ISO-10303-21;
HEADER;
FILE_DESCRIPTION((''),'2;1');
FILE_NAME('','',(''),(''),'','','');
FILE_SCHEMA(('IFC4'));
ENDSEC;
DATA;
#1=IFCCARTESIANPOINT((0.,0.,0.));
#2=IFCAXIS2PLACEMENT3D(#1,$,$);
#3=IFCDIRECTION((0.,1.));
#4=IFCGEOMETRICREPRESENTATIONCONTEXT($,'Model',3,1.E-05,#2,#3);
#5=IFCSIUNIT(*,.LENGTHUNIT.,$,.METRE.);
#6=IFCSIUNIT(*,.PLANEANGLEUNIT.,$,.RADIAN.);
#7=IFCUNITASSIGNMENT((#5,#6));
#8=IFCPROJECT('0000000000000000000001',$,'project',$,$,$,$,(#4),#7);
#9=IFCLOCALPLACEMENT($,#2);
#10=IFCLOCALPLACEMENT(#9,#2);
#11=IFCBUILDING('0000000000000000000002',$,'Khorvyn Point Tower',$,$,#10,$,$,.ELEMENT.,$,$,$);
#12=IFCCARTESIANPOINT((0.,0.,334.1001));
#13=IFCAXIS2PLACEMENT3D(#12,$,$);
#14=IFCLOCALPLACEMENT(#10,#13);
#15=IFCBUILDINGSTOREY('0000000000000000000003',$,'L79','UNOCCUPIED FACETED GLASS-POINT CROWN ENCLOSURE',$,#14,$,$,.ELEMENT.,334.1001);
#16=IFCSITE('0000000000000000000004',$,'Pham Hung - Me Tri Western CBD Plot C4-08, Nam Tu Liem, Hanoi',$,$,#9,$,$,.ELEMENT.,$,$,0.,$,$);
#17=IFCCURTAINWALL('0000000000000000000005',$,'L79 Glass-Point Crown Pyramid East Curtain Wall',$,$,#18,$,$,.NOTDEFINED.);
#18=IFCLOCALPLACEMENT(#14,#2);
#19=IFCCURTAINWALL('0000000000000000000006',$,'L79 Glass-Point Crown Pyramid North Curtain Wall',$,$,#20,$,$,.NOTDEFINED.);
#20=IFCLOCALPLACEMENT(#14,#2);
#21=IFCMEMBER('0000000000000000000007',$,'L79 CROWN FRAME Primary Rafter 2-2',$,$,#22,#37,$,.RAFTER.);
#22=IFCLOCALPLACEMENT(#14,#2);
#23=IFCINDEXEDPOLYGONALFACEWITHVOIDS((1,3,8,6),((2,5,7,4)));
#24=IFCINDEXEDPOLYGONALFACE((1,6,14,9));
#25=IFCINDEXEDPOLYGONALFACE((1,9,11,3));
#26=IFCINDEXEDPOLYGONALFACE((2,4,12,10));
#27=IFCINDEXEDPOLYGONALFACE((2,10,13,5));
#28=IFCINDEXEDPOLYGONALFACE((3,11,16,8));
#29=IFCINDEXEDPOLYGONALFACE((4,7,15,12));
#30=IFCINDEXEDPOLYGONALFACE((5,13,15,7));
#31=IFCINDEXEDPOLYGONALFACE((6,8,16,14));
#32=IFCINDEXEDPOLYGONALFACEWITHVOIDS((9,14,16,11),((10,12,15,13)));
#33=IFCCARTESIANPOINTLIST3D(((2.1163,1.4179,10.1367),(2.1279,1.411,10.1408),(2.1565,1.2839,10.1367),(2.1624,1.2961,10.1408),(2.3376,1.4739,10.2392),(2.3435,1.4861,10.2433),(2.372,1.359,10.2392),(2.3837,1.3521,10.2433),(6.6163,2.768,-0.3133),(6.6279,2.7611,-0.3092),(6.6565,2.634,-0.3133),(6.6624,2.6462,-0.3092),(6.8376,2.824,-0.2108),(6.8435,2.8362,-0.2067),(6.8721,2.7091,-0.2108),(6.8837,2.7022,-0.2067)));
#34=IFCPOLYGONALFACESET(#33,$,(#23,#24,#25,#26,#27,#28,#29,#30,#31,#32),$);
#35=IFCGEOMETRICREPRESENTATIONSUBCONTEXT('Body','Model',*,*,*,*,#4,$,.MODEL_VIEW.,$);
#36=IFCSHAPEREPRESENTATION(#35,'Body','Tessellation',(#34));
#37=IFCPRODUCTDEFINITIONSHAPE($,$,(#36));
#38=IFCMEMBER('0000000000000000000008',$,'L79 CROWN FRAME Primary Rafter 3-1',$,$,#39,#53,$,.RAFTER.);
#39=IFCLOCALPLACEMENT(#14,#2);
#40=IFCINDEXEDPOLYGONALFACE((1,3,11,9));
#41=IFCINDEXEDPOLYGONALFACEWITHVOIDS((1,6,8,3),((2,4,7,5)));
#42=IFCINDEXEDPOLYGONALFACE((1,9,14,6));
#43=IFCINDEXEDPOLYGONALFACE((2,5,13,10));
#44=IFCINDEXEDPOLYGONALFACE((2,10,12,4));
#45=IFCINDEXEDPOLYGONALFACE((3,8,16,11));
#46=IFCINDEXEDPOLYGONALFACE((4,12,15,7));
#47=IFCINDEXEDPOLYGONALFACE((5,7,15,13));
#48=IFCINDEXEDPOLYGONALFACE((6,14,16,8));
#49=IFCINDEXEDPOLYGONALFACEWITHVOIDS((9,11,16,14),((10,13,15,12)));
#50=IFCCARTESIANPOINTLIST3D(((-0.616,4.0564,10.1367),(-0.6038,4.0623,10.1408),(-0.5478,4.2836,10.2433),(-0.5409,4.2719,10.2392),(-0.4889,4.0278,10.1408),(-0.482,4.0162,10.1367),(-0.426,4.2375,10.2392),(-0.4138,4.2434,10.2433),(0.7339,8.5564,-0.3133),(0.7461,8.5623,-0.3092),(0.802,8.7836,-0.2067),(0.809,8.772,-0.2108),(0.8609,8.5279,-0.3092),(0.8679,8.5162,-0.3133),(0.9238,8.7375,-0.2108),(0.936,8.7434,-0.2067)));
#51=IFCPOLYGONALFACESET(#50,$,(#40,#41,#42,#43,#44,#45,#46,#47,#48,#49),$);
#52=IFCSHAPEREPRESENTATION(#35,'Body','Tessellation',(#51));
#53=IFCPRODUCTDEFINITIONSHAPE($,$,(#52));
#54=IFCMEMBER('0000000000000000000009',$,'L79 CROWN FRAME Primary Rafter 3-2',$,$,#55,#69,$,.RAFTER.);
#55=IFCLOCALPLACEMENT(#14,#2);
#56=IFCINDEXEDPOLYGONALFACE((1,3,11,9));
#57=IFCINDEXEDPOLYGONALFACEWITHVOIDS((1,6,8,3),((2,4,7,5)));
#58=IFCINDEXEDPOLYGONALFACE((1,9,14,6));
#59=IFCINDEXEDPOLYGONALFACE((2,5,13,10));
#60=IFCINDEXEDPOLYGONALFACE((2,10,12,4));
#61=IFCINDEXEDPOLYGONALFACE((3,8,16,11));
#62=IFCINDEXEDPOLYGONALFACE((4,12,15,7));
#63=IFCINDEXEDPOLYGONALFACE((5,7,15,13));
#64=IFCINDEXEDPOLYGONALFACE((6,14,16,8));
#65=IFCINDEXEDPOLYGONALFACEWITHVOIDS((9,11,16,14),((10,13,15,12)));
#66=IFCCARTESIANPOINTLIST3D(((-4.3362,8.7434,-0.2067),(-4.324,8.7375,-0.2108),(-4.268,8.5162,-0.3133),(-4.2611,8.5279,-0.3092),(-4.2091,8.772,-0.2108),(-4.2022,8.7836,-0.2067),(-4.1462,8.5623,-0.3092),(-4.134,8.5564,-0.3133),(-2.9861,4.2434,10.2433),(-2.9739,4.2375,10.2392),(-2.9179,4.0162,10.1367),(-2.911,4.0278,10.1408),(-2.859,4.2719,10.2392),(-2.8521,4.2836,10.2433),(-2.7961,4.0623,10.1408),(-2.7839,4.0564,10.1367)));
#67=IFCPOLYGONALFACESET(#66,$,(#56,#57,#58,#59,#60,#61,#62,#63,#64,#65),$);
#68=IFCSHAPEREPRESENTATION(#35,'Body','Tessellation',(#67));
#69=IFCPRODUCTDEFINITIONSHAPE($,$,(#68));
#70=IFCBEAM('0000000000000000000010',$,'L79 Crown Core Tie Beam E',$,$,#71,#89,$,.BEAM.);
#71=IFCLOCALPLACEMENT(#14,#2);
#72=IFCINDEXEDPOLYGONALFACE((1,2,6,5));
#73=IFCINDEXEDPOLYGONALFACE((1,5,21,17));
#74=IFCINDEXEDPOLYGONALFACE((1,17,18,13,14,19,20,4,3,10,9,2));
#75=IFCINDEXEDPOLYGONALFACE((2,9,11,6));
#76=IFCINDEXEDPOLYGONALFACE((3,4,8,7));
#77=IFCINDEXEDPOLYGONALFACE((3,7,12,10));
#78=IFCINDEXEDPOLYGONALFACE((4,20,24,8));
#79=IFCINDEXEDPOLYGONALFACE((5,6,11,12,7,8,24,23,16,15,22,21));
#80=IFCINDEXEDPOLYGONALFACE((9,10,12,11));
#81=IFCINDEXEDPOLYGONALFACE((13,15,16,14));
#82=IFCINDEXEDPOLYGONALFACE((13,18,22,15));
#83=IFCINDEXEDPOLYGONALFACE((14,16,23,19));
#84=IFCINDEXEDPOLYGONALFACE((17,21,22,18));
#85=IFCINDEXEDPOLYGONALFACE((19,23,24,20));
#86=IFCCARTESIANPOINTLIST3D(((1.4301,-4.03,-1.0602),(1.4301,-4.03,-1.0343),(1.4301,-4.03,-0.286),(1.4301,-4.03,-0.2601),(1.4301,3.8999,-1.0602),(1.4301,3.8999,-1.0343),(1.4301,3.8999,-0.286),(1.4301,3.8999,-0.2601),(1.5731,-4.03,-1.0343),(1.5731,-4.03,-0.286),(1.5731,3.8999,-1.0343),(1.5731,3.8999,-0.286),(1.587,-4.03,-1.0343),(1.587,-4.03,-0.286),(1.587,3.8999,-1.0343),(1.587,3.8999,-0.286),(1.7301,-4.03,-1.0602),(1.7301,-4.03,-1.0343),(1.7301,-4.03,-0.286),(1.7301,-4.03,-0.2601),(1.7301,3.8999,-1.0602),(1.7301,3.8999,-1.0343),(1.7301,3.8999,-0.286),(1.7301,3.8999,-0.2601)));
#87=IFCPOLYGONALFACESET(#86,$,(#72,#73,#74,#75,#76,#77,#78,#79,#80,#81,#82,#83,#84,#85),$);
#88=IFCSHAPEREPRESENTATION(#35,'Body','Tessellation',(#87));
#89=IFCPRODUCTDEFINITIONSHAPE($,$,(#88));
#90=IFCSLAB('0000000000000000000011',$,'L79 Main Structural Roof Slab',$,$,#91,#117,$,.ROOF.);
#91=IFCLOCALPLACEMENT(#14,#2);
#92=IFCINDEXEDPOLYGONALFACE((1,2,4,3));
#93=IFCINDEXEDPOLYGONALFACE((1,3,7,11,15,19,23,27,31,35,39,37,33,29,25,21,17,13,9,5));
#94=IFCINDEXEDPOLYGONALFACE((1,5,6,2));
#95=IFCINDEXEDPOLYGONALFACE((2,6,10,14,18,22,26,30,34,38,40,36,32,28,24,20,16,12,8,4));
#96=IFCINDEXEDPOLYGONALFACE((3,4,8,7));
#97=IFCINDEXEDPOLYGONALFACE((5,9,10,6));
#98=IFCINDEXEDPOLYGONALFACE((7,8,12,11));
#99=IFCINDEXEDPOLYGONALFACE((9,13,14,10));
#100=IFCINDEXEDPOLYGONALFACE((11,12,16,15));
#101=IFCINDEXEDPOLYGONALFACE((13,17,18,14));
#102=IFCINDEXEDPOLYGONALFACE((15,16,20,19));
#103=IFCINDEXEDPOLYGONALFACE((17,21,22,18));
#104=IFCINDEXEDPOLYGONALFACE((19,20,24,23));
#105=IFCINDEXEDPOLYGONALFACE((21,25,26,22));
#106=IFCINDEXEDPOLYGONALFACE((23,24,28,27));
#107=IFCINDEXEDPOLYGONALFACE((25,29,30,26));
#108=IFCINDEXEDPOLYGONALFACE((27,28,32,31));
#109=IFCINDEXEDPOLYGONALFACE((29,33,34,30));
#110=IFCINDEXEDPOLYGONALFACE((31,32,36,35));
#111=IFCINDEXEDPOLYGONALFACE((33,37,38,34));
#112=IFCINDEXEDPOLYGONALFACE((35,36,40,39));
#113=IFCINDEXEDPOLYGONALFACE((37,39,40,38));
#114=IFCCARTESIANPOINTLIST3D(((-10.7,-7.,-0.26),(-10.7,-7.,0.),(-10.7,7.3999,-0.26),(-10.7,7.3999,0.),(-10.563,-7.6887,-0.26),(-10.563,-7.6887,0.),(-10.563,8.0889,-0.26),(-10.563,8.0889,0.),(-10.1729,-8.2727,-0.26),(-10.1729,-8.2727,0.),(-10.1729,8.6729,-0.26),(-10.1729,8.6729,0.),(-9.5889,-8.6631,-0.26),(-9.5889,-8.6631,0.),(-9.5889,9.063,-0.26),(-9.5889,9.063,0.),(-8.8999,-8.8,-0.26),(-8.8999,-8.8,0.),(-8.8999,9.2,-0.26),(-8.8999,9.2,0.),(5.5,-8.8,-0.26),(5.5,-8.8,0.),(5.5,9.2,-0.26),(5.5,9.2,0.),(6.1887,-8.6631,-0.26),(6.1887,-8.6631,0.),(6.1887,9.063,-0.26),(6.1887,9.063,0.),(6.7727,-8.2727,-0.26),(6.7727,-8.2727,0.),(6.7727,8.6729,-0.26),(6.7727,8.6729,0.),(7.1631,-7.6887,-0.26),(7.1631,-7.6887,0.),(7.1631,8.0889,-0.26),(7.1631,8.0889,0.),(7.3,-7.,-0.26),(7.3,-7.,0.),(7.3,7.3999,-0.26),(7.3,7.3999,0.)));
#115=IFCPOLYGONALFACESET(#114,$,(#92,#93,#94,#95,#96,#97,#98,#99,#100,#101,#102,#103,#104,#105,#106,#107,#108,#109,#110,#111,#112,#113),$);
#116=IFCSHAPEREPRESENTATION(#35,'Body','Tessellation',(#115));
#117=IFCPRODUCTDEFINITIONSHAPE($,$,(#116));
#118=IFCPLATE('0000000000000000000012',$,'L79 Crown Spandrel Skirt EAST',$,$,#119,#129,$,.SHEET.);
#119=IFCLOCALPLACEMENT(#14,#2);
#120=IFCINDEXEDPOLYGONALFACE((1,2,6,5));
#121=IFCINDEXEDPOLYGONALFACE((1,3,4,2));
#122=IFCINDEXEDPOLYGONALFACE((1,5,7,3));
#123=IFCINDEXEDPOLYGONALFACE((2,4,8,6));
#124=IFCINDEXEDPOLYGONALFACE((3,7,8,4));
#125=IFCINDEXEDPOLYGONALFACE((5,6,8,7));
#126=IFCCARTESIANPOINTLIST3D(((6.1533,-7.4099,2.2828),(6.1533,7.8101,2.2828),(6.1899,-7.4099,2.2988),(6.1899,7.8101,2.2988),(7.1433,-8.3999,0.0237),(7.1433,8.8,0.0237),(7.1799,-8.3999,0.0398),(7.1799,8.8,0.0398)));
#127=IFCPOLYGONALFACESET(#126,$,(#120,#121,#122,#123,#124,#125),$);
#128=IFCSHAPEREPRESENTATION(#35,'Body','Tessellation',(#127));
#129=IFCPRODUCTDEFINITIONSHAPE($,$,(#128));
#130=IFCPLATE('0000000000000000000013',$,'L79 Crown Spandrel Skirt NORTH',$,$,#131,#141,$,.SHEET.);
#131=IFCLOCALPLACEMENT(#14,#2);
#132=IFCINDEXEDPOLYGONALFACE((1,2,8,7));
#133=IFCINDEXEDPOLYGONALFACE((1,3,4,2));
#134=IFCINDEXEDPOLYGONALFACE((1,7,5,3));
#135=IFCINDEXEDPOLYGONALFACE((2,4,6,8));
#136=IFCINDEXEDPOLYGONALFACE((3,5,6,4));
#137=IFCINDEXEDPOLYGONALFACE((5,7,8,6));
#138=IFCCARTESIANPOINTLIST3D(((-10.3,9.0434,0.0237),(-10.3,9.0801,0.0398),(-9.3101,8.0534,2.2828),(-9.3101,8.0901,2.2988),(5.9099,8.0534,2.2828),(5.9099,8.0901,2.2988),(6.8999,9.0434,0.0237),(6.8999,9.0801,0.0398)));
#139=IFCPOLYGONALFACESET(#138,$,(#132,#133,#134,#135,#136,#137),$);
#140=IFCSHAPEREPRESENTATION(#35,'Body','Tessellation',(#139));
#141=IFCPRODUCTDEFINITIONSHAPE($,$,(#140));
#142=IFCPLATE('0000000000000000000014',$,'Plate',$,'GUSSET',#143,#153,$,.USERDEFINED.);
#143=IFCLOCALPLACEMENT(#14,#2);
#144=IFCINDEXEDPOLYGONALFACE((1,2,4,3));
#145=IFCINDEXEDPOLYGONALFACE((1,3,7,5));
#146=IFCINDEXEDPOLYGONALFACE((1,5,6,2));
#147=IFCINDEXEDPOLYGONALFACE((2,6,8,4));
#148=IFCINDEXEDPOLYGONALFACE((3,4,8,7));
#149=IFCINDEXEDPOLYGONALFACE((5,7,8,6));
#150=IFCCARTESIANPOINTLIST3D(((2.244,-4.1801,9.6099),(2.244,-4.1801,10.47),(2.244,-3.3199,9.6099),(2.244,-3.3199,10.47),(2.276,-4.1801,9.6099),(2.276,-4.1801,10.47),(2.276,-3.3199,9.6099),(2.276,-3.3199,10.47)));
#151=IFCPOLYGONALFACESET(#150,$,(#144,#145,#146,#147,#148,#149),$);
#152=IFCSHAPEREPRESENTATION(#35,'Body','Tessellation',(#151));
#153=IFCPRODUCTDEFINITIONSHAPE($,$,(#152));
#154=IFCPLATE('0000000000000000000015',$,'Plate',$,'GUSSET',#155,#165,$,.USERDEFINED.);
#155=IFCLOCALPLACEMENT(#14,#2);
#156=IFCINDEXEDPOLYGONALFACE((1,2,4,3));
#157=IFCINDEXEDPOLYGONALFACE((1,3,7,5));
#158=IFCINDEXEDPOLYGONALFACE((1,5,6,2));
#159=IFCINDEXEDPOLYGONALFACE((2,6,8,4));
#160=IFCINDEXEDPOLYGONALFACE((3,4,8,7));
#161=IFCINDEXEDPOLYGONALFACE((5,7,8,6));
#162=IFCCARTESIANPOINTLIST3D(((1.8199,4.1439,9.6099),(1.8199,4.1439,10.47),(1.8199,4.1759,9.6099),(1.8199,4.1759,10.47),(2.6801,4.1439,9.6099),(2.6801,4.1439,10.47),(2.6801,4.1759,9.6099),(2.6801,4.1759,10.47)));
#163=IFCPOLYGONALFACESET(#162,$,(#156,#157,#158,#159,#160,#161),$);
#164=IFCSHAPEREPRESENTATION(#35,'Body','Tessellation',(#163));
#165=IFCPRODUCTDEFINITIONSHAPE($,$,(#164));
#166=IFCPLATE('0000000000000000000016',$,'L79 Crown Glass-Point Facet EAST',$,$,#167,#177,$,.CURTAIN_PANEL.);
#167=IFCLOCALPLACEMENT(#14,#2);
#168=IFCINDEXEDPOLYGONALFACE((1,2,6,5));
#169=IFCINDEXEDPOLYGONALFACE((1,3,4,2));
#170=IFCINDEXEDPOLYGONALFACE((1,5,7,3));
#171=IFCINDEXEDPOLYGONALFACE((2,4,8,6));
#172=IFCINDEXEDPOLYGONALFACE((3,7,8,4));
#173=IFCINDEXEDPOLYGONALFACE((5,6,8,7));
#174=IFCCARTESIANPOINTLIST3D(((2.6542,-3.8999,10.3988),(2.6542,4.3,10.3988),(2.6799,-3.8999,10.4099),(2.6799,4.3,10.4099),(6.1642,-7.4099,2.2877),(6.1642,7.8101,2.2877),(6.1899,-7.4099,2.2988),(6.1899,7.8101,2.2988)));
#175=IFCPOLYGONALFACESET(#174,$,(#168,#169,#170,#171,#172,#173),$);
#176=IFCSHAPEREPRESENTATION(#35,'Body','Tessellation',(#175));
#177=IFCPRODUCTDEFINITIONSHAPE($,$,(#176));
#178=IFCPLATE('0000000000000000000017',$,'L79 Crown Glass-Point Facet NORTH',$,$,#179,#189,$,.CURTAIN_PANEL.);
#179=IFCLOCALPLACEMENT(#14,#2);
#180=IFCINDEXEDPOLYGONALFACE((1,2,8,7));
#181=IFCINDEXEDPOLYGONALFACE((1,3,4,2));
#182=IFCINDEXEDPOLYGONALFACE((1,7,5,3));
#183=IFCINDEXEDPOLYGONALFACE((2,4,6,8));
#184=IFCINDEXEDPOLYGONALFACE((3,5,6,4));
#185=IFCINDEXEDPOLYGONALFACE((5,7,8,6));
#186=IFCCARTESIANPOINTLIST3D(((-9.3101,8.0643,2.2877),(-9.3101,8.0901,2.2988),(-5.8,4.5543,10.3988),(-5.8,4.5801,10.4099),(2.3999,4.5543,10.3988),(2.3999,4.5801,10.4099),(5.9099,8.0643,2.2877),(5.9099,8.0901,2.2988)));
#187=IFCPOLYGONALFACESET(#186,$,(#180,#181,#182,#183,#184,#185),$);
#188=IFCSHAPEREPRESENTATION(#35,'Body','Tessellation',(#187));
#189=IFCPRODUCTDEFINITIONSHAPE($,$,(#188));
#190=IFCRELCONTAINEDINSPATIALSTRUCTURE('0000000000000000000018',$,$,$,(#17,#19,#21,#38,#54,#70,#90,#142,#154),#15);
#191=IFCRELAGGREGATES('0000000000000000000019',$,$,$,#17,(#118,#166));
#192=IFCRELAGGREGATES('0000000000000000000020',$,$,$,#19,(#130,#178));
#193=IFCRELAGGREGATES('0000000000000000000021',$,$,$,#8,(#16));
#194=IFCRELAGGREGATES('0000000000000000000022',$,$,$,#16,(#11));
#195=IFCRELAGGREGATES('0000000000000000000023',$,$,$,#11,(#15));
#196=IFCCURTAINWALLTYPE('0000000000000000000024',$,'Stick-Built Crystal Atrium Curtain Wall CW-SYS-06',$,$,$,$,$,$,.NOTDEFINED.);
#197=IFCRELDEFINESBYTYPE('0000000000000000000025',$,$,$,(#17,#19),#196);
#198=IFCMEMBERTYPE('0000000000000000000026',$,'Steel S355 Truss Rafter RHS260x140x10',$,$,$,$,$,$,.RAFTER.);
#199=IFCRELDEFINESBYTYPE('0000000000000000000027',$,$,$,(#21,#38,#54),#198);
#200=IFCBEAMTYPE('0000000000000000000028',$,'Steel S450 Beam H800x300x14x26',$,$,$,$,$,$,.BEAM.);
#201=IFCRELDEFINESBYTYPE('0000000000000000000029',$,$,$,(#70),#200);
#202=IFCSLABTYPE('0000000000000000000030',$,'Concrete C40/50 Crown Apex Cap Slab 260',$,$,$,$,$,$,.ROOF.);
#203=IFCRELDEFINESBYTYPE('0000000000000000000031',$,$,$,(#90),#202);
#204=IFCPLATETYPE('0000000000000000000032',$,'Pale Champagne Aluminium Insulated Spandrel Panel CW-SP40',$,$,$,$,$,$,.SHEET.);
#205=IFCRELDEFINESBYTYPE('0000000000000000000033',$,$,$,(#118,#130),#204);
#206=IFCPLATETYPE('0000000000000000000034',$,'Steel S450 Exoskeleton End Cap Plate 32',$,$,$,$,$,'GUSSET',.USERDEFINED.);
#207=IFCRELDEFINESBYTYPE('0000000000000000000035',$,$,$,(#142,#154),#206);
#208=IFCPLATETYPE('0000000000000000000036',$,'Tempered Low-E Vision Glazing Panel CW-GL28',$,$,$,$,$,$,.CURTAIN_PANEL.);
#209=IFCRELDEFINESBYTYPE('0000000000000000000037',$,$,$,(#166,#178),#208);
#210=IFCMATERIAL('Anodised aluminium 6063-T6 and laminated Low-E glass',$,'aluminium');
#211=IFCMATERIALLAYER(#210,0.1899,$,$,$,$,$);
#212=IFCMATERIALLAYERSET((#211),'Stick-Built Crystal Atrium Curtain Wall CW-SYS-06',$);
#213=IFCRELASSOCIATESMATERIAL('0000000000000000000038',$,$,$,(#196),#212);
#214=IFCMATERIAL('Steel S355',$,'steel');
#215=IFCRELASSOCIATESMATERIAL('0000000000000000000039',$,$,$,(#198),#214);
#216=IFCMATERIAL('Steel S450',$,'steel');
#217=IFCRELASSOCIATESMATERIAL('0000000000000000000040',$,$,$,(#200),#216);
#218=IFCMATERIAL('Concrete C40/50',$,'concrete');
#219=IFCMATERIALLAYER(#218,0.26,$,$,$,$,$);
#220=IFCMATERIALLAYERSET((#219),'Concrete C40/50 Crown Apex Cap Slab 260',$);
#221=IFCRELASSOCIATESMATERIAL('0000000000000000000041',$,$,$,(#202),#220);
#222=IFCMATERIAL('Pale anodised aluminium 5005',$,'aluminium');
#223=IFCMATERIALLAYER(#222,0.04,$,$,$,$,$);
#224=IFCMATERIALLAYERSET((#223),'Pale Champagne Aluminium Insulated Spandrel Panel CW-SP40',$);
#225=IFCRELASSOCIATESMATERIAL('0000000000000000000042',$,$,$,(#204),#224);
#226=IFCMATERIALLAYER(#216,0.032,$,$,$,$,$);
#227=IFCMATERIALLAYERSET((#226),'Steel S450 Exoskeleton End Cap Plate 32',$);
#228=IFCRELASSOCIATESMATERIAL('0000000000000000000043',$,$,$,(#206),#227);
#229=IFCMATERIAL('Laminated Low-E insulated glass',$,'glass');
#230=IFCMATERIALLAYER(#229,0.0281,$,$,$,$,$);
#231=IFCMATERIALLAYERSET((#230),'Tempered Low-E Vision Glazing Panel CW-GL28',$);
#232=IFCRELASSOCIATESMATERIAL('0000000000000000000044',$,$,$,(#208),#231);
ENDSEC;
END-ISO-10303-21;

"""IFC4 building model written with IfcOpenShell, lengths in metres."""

from ifc_helpers import new_model, si_unit, direction, frame, origin, origin_2d, place, context, subcontext, project, spatial, polyline, rectangle, hollow_rectangle, i_section, outline, extrude, material, layer, layer_set, material_profile, profile_set, type_object, element, aggregate, save


model = new_model("IFC4")

# Units and contexts
model_context = context("Model", 3, precision=1e-05, world=origin(), true_north=direction((0.0, 1.0)))
body_context = subcontext(model_context, "Body", "Model", "MODEL_VIEW")
ifc_project = project(units=[si_unit("LENGTHUNIT", "METRE"), si_unit("PLANEANGLEUNIT", "RADIAN")], contexts=[model_context])

# Site, building, storey
site_placement = place(None, origin())
site = spatial("IfcSite", under=ifc_project, at=site_placement, Name="Pham Hung - Me Tri Western CBD Plot C4-08, Nam Tu Liem, Hanoi", CompositionType="ELEMENT", RefElevation=0.0)
building_placement = place(site_placement, origin())
building = spatial("IfcBuilding", under=site, at=building_placement, Name="Khorvyn Point Tower", CompositionType="ELEMENT")
storey_placement = place(building_placement, frame((0.0, 0.0, 334.1001)))
storey = spatial("IfcBuildingStorey", under=building, at=storey_placement, Name="L79", Description="UNOCCUPIED FACETED GLASS-POINT CROWN ENCLOSURE", CompositionType="ELEMENT", Elevation=334.1001)

# Shared definitions
ifc_material_1 = material(Name="Steel S355", Category="steel")

# Curtain walls
ifc_material_2 = material(Name="Anodised aluminium 6063-T6 and laminated Low-E glass", Category="aluminium")
ifc_layer_1 = layer(ifc_material_2, 0.1899)
ifc_layer_set_1 = layer_set([ifc_layer_1], Name="Stick-Built Crystal Atrium Curtain Wall CW-SYS-06")
curtain_wall_type = type_object("IfcCurtainWallType", Name="Stick-Built Crystal Atrium Curtain Wall CW-SYS-06", PredefinedType="NOTDEFINED", material=ifc_layer_set_1)
curtain_wall_1_placement = place(storey_placement, origin())
curtain_wall_1 = element("IfcCurtainWall", 1, at=curtain_wall_1_placement, inside=storey, type_object=curtain_wall_type, Name="L79 Glass-Point Crown Pyramid East Curtain Wall", PredefinedType="NOTDEFINED")
curtain_wall_2_placement = place(storey_placement, origin())
curtain_wall_2 = element("IfcCurtainWall", 2, at=curtain_wall_2_placement, inside=storey, type_object=curtain_wall_type, Name="L79 Glass-Point Crown Pyramid North Curtain Wall", PredefinedType="NOTDEFINED")

# Members
ifc_material_profile_1 = material_profile(ifc_material_1, hollow_rectangle(XDim=0.1399, YDim=0.26, WallThickness=0.01, at=origin_2d()))
ifc_profile_set_1 = profile_set([ifc_material_profile_1], Name="Steel S355 RHS260x140x10")
member_type_1 = type_object("IfcMemberType", Name="Steel S355 Truss Rafter RHS260x140x10", PredefinedType="RAFTER", material=ifc_profile_set_1)
for number, where, z_axis, x_axis, name in (
    (3, (6.75, 2.7351, -0.26), (-0.392756, -0.117835, 0.912062), (0.287367, -0.957821, 0.0), "L79 CROWN FRAME Primary Rafter 2-2"),
    (4, (0.835, 8.6499, -0.26), (-0.117814, -0.392757, 0.912065), (0.957835, -0.287319, 0.0), "L79 CROWN FRAME Primary Rafter 3-1"),
    (5, (-4.2351, 8.6499, -0.26), (0.117835, -0.392756, 0.912062), (0.957821, 0.287367, 0.0), "L79 CROWN FRAME Primary Rafter 3-2"),
):
    element("IfcMember", number, at=place(storey_placement, frame(where, z_axis=z_axis, x_axis=x_axis)), inside=storey, type_object=member_type_1, Name=name, PredefinedType="RAFTER", context=body_context, shape_type="SweptSolid", body=[
        extrude(hollow_rectangle(XDim=0.1399, YDim=0.26, WallThickness=0.01, at=origin_2d()), origin(), (0.0, 0.0, 1.0), 11.4575),
    ])

# Beam
ifc_material_3 = material(Name="Steel S450", Category="steel")
ifc_material_profile_2 = material_profile(ifc_material_3, i_section(OverallWidth=0.3, OverallDepth=0.8, WebThickness=0.0139, FlangeThickness=0.0259, at=origin_2d()))
ifc_profile_set_2 = profile_set([ifc_material_profile_2], Name="Steel S450 H800x300x14x26")
beam_type_1 = type_object("IfcBeamType", Name="Steel S450 Beam H800x300x14x26", PredefinedType="BEAM", material=ifc_profile_set_2)
beam_placement = place(storey_placement, frame((1.5801, -4.03, -0.6602), z_axis=(0.0, 1.0, 0.0), x_axis=(-1.0, 0.0, 0.0)))
element("IfcBeam", 6, at=beam_placement, inside=storey, type_object=beam_type_1, Name="L79 Crown Core Tie Beam E", PredefinedType="BEAM", context=body_context, shape_type="SweptSolid", body=[
    extrude(i_section(OverallWidth=0.3, OverallDepth=0.8, WebThickness=0.0139, FlangeThickness=0.0259, at=origin_2d()), origin(), (0.0, 0.0, 1.0), 7.9299),
])

# Slab
ifc_material_4 = material(Name="Concrete C40/50", Category="concrete")
ifc_layer_2 = layer(ifc_material_4, 0.26)
ifc_layer_set_2 = layer_set([ifc_layer_2], Name="Concrete C40/50 Crown Apex Cap Slab 260")
slab_type = type_object("IfcSlabType", Name="Concrete C40/50 Crown Apex Cap Slab 260", PredefinedType="ROOF", material=ifc_layer_set_2)
slab_placement = place(storey_placement, frame((0.0, 0.0, -0.26)))
element("IfcSlab", 7, at=slab_placement, inside=storey, type_object=slab_type, Name="L79 Main Structural Roof Slab", PredefinedType="ROOF", context=body_context, shape_type="SweptSolid", body=[
    extrude(outline(polyline([(5.5, -8.8), (6.1887, -8.6631), (6.7727, -8.2727), (7.1631, -7.6887), (7.3, -7.0), (7.3, 7.3999), (7.1631, 8.0889), (6.7727, 8.6729), (6.1887, 9.063), (5.5, 9.2), (-8.8999, 9.2), (-9.5889, 9.063), (-10.1729, 8.6729), (-10.563, 8.0889), (-10.7, 7.3999), (-10.7, -7.0), (-10.563, -7.6887), (-10.1729, -8.2727), (-9.5889, -8.6631), (-8.8999, -8.8), (5.5, -8.8)])), origin(), (0.0, 0.0, 1.0), 0.26),
])

# Plates
ifc_material_5 = material(Name="Pale anodised aluminium 5005", Category="aluminium")
ifc_layer_3 = layer(ifc_material_5, 0.04)
ifc_layer_set_3 = layer_set([ifc_layer_3], Name="Pale Champagne Aluminium Insulated Spandrel Panel CW-SP40")
plate_type_1 = type_object("IfcPlateType", Name="Pale Champagne Aluminium Insulated Spandrel Panel CW-SP40", PredefinedType="SHEET", material=ifc_layer_set_3)
plate_1_placement = place(storey_placement, frame((7.1799, -8.3999, 0.0398), z_axis=(0.91591, 0.0, 0.401385), x_axis=(0.0, 1.0, 0.0)))
plate_1 = element("IfcPlate", 8, at=plate_1_placement, type_object=plate_type_1, Name="L79 Crown Spandrel Skirt EAST", PredefinedType="SHEET", context=body_context, shape_type="SweptSolid", body=[
    extrude(outline(polyline([(0.0, 0.0), (17.2, 0.0), (16.21, 2.4664), (0.99, 2.4664), (0.0, 0.0)])), origin(), (0.0, 0.0, -1.0), 0.04),
])
plate_2_placement = place(storey_placement, frame((6.8999, 9.0801, 0.0398), z_axis=(0.0, 0.91591, 0.401385), x_axis=(-1.0, 0.0, 0.0)))
plate_2 = element("IfcPlate", 9, at=plate_2_placement, type_object=plate_type_1, Name="L79 Crown Spandrel Skirt NORTH", PredefinedType="SHEET", context=body_context, shape_type="SweptSolid", body=[
    extrude(outline(polyline([(0.0, 0.0), (17.2, 0.0), (16.21, 2.4664), (0.99, 2.4664), (0.0, 0.0)])), origin(), (0.0, 0.0, -1.0), 0.04),
])

# Plates
ifc_layer_4 = layer(ifc_material_3, 0.032)
ifc_layer_set_4 = layer_set([ifc_layer_4], Name="Steel S450 Exoskeleton End Cap Plate 32")
plate_type_2 = type_object("IfcPlateType", Name="Steel S450 Exoskeleton End Cap Plate 32", ElementType="GUSSET", PredefinedType="USERDEFINED", material=ifc_layer_set_4)
plate_3_placement = place(storey_placement, frame((2.26, -3.75, 9.6099), z_axis=(0.0, 0.0, 1.0), x_axis=(1.0, 0.0, 0.0)))
element("IfcPlate", 10, at=plate_3_placement, inside=storey, type_object=plate_type_2, Name="Plate", ObjectType="GUSSET", PredefinedType="USERDEFINED", context=body_context, shape_type="SweptSolid", body=[
    extrude(rectangle(XDim=0.032, YDim=0.8601, at=origin_2d()), origin(), (0.0, 0.0, 1.0), 0.8601),
])
plate_4_placement = place(storey_placement, frame((2.25, 4.1599, 9.6099), z_axis=(0.0, 0.0, 1.0), x_axis=(1.0, 0.0, 0.0)))
element("IfcPlate", 11, at=plate_4_placement, inside=storey, type_object=plate_type_2, Name="Plate", ObjectType="GUSSET", PredefinedType="USERDEFINED", context=body_context, shape_type="SweptSolid", body=[
    extrude(rectangle(XDim=0.8601, YDim=0.032, at=origin_2d()), origin(), (0.0, 0.0, 1.0), 0.8601),
])

# Plates
ifc_material_6 = material(Name="Laminated Low-E insulated glass", Category="glass")
ifc_layer_5 = layer(ifc_material_6, 0.0281)
ifc_layer_set_5 = layer_set([ifc_layer_5], Name="Tempered Low-E Vision Glazing Panel CW-GL28")
plate_type_3 = type_object("IfcPlateType", Name="Tempered Low-E Vision Glazing Panel CW-GL28", PredefinedType="CURTAIN_PANEL", material=ifc_layer_set_5)
plate_5_placement = place(storey_placement, frame((6.1899, -7.4099, 2.2988), z_axis=(0.917753, 0.0, 0.397151), x_axis=(0.0, 1.0, 0.0)))
plate_5 = element("IfcPlate", 12, at=plate_5_placement, type_object=plate_type_3, Name="L79 Crown Glass-Point Facet EAST", PredefinedType="CURTAIN_PANEL", context=body_context, shape_type="SweptSolid", body=[
    extrude(outline(polyline([(0.0, 0.0), (15.22, 0.0), (11.71, 8.838), (3.51, 8.838), (0.0, 0.0)])), origin(), (0.0, 0.0, -1.0), 0.0281),
])
aggregate(curtain_wall_1, [plate_1, plate_5])
plate_6_placement = place(storey_placement, frame((5.9099, 8.0901, 2.2988), z_axis=(0.0, 0.917753, 0.397151), x_axis=(-1.0, 0.0, 0.0)))
plate_6 = element("IfcPlate", 13, at=plate_6_placement, type_object=plate_type_3, Name="L79 Crown Glass-Point Facet NORTH", PredefinedType="CURTAIN_PANEL", context=body_context, shape_type="SweptSolid", body=[
    extrude(outline(polyline([(0.0, 0.0), (15.22, 0.0), (11.71, 8.838), (3.51, 8.838), (0.0, 0.0)])), origin(), (0.0, 0.0, -1.0), 0.0281),
])
aggregate(curtain_wall_2, [plate_2, plate_6])

save(model, "model.ifc")
